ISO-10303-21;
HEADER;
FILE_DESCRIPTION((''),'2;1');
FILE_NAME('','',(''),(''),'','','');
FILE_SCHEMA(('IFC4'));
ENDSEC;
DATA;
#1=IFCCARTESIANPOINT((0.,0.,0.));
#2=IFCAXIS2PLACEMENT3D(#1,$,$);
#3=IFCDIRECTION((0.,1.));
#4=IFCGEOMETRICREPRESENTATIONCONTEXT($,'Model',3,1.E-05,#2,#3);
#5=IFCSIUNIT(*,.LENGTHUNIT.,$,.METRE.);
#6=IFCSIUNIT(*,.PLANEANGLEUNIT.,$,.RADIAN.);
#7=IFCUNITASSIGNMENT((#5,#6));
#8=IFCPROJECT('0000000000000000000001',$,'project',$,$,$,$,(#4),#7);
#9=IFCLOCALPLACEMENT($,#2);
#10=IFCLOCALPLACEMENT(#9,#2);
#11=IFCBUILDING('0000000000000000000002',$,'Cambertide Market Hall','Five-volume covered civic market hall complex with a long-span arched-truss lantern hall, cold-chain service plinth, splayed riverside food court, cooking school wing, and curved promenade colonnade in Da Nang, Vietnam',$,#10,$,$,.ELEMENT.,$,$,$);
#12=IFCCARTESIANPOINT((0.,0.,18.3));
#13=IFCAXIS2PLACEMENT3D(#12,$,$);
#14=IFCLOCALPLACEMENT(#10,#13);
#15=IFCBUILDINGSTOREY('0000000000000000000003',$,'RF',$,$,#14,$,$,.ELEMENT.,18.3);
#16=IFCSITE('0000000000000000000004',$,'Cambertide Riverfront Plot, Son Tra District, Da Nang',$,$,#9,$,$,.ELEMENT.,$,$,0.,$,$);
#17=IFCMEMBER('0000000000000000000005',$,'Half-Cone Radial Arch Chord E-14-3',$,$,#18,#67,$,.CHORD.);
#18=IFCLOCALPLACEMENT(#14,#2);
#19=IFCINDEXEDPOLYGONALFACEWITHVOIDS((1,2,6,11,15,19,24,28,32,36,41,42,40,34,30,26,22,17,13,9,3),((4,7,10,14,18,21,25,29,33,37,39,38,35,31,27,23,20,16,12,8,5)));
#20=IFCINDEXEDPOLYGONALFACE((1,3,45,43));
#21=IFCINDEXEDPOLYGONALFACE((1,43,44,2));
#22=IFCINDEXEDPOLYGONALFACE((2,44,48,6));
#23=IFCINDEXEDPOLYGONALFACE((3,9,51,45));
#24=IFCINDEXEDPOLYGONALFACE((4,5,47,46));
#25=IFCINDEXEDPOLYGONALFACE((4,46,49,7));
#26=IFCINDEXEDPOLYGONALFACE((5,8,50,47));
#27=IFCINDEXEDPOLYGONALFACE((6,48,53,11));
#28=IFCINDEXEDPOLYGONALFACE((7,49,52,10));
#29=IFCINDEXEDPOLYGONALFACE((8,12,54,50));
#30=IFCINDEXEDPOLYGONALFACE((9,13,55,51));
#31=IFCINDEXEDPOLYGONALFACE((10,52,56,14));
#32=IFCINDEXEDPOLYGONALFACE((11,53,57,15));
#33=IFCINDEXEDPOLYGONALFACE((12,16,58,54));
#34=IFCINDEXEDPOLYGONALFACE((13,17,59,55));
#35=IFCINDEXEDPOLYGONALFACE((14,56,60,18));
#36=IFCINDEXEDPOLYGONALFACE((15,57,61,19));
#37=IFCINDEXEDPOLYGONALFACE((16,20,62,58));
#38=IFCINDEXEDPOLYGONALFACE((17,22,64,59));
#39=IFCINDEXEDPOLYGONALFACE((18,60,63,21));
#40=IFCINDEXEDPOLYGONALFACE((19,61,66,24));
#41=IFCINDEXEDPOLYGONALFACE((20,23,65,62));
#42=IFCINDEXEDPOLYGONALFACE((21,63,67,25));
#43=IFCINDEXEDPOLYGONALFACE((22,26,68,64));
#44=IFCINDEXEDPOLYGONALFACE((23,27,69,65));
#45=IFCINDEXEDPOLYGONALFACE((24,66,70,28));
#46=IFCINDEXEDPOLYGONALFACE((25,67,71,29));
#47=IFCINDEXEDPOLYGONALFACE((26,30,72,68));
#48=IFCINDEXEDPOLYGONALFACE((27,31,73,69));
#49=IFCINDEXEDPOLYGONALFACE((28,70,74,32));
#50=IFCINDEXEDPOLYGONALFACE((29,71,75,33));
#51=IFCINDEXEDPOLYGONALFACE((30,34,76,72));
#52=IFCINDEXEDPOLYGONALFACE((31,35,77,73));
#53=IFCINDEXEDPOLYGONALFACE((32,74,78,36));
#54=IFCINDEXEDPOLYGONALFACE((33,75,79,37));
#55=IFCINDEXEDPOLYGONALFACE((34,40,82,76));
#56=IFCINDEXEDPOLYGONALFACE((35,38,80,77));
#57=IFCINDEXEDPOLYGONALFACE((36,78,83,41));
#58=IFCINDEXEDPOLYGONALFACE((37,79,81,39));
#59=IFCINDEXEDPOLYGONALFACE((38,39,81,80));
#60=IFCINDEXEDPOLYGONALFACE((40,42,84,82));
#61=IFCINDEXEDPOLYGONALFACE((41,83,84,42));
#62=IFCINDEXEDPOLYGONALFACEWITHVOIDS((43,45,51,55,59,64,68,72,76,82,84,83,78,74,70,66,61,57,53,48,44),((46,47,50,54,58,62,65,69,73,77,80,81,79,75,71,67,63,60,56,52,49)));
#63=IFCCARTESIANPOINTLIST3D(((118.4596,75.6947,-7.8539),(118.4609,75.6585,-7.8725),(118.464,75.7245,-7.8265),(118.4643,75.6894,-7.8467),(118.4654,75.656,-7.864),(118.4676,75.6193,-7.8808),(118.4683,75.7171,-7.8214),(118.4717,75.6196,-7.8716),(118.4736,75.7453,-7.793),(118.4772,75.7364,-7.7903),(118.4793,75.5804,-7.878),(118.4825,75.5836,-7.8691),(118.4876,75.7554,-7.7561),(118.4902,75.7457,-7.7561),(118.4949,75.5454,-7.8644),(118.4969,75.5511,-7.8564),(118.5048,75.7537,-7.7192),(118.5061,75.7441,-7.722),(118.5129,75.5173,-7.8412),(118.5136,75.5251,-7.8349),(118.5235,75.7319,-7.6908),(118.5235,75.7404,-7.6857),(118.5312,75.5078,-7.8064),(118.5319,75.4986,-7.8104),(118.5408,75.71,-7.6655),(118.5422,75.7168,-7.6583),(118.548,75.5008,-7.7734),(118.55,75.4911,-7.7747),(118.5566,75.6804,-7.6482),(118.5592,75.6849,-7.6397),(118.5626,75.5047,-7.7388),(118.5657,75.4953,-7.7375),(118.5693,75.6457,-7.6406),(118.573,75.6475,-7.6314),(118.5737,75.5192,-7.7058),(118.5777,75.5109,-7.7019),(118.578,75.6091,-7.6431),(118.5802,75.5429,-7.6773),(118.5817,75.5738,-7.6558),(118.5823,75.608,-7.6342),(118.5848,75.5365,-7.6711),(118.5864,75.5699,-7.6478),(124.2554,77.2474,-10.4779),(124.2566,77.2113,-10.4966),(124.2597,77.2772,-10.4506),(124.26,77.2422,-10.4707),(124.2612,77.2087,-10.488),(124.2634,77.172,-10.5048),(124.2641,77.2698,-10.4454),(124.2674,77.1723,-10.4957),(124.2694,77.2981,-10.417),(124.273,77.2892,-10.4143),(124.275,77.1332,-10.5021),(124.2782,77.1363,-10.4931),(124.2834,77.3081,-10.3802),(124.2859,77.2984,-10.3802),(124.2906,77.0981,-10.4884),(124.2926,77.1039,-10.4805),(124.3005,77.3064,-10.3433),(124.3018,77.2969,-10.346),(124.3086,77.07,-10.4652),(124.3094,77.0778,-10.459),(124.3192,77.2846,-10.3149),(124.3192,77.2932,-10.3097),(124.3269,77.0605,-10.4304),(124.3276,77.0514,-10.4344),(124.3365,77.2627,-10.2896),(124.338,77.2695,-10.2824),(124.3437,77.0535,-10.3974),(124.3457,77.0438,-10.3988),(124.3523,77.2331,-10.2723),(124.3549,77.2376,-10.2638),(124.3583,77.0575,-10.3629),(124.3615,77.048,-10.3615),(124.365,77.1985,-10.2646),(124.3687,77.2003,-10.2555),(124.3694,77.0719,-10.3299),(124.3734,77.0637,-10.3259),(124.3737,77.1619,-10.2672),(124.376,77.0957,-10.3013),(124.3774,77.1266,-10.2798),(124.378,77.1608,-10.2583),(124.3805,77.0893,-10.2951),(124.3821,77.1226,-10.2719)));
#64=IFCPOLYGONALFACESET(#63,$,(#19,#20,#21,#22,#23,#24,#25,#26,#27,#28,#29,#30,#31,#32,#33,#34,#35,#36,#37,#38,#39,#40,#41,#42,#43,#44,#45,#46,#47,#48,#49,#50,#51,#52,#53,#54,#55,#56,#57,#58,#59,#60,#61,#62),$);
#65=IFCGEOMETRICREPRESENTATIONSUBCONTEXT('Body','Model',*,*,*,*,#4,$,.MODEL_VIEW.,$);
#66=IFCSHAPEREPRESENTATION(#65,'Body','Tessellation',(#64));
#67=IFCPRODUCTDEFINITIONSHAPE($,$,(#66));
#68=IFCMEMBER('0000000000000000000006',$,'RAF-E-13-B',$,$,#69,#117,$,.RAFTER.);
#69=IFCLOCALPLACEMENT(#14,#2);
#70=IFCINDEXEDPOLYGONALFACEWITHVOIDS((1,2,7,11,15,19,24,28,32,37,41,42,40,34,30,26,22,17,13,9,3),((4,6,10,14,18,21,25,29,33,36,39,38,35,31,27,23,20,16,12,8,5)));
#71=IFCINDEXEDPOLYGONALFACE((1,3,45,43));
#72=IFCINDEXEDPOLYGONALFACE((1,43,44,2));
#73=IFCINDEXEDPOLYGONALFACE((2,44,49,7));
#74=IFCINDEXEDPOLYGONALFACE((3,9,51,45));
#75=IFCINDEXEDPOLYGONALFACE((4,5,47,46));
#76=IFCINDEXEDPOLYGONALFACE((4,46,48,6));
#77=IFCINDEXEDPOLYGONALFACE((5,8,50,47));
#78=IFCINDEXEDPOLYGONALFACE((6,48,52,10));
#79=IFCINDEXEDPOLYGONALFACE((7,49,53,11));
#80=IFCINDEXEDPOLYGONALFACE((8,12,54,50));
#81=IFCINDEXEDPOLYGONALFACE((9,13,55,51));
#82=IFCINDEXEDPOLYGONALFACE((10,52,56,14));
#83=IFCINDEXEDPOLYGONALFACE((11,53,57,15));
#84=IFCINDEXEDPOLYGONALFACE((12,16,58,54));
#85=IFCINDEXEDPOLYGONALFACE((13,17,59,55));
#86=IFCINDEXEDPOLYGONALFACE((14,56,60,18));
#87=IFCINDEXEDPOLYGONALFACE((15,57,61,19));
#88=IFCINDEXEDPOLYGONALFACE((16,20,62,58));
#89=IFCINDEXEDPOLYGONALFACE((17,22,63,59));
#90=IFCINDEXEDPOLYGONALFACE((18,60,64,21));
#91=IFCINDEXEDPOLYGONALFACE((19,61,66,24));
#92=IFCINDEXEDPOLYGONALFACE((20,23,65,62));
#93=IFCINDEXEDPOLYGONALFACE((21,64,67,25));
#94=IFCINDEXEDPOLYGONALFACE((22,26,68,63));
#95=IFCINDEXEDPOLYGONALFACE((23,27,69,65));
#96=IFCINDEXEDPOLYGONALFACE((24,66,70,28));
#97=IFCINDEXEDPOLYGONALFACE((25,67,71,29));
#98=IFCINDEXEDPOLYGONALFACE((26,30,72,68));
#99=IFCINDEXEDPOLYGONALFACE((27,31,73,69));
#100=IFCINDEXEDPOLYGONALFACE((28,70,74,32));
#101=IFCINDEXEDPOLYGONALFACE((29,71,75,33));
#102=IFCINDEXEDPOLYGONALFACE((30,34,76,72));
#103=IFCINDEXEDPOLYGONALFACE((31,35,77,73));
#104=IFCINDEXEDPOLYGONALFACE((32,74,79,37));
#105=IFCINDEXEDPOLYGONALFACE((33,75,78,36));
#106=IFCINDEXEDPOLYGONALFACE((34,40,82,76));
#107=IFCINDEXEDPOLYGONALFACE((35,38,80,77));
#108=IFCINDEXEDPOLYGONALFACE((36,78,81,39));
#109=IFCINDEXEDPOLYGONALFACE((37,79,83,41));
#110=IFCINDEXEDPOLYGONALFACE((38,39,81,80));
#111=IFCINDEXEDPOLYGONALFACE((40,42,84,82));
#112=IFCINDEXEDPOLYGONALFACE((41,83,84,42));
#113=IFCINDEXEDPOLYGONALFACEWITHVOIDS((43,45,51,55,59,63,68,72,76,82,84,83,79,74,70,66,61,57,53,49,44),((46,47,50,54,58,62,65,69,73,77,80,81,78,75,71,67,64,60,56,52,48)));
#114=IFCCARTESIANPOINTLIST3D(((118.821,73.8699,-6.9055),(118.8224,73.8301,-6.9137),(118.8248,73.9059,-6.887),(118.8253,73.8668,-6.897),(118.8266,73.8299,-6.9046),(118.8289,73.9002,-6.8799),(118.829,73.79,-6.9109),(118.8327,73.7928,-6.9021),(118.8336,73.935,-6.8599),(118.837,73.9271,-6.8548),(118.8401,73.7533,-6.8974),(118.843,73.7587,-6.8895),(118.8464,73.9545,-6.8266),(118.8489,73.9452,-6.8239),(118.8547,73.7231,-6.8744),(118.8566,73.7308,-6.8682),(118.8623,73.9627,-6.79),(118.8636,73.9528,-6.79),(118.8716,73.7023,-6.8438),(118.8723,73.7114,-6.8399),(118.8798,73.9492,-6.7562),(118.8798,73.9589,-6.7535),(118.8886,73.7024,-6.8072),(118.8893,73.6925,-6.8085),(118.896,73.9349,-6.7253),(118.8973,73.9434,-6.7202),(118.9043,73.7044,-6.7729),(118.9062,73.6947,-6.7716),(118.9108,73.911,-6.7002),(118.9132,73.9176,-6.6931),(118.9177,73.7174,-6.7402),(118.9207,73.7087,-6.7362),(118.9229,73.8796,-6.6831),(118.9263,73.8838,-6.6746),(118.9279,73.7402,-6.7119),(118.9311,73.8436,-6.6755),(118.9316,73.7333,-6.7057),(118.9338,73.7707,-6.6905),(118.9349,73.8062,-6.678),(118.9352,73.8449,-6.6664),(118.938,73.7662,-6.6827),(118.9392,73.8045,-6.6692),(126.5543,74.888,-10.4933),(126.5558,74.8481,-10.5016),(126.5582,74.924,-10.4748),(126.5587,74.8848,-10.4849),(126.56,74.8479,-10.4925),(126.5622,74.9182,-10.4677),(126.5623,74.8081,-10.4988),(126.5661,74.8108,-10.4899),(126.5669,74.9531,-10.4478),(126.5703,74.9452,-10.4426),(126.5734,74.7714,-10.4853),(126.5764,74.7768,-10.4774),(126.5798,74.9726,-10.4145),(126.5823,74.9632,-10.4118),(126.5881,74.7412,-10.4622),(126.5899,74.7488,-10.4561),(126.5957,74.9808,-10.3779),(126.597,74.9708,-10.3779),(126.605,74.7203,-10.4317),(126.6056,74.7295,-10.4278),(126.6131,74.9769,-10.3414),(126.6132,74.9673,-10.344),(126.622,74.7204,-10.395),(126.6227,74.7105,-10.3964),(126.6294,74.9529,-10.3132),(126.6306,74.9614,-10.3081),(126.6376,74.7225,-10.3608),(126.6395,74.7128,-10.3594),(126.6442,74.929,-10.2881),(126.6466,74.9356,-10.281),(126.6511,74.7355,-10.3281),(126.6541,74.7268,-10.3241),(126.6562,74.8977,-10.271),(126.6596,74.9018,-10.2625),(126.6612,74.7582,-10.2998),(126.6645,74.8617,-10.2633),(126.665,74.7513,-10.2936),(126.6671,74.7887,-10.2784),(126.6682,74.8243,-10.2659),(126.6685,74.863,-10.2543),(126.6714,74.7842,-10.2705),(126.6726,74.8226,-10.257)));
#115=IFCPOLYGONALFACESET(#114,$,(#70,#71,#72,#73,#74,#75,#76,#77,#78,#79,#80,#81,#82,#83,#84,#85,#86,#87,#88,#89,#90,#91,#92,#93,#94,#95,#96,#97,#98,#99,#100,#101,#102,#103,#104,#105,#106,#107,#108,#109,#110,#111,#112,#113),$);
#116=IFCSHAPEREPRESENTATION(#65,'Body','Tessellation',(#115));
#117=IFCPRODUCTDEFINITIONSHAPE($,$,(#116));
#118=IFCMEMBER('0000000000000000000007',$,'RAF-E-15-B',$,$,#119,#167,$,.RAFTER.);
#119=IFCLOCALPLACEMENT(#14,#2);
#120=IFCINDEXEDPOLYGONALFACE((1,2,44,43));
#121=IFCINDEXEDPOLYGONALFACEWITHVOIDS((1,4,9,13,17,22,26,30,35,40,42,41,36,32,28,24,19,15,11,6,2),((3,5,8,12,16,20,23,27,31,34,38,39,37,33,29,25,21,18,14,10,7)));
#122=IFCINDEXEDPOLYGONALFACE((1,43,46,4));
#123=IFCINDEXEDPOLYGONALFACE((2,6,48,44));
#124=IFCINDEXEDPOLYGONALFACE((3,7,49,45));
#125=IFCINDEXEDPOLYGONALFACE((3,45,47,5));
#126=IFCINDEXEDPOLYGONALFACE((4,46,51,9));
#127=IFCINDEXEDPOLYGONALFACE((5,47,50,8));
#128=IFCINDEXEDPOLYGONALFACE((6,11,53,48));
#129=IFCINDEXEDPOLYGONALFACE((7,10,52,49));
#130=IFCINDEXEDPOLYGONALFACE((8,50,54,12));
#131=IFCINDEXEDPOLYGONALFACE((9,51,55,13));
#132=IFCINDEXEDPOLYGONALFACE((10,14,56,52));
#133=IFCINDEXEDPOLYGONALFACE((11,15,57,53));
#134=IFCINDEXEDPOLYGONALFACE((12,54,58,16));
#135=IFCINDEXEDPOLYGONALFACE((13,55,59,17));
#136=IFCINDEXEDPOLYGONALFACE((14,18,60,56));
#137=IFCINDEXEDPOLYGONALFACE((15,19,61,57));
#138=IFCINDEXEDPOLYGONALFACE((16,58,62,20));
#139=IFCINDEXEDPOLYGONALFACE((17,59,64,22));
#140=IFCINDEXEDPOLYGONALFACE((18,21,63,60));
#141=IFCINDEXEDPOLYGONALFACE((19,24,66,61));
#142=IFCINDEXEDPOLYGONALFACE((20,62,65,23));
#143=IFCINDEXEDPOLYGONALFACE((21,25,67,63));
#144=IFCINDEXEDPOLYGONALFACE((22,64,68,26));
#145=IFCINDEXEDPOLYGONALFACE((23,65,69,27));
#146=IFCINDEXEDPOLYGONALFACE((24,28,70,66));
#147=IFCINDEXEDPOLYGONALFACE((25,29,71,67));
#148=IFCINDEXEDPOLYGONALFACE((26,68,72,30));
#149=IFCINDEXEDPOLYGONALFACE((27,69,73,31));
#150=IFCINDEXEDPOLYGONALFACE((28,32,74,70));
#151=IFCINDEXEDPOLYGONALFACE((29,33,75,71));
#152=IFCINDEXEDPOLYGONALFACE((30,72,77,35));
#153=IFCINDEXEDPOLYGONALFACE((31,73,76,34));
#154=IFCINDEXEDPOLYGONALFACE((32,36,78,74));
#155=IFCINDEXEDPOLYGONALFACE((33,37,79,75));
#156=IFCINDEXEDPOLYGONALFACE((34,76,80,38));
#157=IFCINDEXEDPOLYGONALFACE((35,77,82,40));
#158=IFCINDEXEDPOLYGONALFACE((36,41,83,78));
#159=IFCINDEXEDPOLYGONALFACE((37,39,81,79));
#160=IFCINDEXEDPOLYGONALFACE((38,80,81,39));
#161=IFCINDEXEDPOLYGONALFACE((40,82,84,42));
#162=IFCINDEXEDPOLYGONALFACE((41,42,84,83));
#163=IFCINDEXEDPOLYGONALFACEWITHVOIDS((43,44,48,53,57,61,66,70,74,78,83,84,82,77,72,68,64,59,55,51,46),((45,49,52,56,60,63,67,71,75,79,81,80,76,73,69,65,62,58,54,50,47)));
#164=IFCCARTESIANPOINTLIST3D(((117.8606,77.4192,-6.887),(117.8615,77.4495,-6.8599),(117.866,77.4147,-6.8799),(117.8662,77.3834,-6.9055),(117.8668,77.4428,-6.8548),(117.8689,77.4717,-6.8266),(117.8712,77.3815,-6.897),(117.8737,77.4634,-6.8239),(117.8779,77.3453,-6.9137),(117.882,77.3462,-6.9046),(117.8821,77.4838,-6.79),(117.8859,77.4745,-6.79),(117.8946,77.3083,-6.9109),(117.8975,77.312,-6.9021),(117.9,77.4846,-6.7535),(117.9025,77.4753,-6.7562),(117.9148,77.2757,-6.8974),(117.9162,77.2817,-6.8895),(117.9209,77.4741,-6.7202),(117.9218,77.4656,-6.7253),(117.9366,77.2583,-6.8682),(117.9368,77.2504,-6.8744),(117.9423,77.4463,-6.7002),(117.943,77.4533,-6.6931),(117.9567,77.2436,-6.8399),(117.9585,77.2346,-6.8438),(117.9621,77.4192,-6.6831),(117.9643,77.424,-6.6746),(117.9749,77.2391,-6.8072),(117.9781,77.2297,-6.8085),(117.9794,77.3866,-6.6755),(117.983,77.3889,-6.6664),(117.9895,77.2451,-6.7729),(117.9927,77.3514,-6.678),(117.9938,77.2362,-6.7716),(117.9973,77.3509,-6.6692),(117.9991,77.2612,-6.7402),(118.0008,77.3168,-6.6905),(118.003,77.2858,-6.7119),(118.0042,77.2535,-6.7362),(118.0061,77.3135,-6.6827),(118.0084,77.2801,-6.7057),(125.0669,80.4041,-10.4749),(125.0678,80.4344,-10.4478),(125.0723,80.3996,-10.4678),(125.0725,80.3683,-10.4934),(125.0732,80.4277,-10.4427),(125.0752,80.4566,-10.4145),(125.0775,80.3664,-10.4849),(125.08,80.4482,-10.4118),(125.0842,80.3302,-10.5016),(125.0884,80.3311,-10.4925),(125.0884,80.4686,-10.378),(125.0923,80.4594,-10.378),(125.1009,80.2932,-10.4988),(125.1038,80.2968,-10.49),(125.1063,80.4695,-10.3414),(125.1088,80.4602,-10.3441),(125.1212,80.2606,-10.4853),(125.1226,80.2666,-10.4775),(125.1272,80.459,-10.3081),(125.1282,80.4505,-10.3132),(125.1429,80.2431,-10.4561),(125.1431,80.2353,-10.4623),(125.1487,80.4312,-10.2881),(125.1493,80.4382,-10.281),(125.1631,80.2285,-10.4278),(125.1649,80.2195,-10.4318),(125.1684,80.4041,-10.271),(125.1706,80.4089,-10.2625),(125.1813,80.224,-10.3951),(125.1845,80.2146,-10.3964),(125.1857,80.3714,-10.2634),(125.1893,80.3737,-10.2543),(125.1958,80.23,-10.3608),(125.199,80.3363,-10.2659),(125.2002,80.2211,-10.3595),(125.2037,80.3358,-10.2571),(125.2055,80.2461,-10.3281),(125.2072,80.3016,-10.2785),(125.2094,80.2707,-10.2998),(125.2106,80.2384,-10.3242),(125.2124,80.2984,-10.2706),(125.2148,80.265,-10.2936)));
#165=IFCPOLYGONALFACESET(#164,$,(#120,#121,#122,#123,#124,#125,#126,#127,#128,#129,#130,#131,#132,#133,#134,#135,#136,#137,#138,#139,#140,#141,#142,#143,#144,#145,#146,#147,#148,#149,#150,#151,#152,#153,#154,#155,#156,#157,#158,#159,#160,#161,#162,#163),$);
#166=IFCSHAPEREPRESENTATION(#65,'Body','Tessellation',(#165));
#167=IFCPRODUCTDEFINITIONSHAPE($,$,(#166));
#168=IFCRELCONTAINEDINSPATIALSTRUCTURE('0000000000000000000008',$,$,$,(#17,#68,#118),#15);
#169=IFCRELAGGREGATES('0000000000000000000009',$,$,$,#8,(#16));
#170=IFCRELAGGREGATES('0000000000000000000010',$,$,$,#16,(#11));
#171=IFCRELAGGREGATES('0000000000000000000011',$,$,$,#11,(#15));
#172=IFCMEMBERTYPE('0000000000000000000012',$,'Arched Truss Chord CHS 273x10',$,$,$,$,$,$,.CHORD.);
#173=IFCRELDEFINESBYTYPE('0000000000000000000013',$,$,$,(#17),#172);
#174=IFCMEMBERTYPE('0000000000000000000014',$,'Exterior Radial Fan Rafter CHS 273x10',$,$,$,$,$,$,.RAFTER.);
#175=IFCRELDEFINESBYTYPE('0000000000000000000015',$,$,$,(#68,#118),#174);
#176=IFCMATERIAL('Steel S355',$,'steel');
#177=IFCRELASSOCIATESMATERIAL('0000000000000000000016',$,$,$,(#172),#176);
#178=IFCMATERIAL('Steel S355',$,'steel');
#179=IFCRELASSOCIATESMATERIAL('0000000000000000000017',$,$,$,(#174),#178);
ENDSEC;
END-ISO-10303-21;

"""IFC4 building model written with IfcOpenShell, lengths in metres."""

from ifc_helpers import new_model, si_unit, direction, frame, origin, origin_2d, place, context, subcontext, project, spatial, hollow_circle, extrude, material, material_profile, profile_set, type_object, element, save


model = new_model("IFC4")

# Units and contexts
model_context = context("Model", 3, precision=1e-05, world=origin(), true_north=direction((0.0, 1.0)))
body_context = subcontext(model_context, "Body", "Model", "MODEL_VIEW")
ifc_project = project(units=[si_unit("LENGTHUNIT", "METRE"), si_unit("PLANEANGLEUNIT", "RADIAN")], contexts=[model_context])

# Site, building, storey
site_placement = place(None, origin())
site = spatial("IfcSite", under=ifc_project, at=site_placement, Name="Cambertide Riverfront Plot, Son Tra District, Da Nang", CompositionType="ELEMENT", RefElevation=0.0)
building_placement = place(site_placement, origin())
building = spatial("IfcBuilding", under=site, at=building_placement, Name="Cambertide Market Hall", Description="Five-volume covered civic market hall complex with a long-span arched-truss lantern hall, cold-chain service plinth, splayed riverside food court, cooking school wing, and curved promenade colonnade in Da Nang, Vietnam", CompositionType="ELEMENT")
storey_placement = place(building_placement, frame((0.0, 0.0, 18.3)))
storey = spatial("IfcBuildingStorey", under=building, at=storey_placement, Name="RF", CompositionType="ELEMENT", Elevation=18.3)

# Members
ifc_material_1 = material(Name="Steel S355", Category="steel")
ifc_material_profile_1 = material_profile(ifc_material_1, hollow_circle(Radius=0.1365, WallThickness=0.01, at=origin_2d()), Name="CHS 273x10")
ifc_profile_set_1 = profile_set([ifc_material_profile_1], Name="Steel S355")
member_type_1 = type_object("IfcMemberType", Name="Arched Truss Chord CHS 273x10", PredefinedType="CHORD", material=ifc_profile_set_1)
member_1_placement = place(storey_placement, frame((118.5229, 75.6235, -7.7561), z_axis=(0.885002, 0.237104, -0.400691), x_axis=(-0.258787, 0.965934, 0.0)))
element("IfcMember", 1, at=member_1_placement, inside=storey, type_object=member_type_1, Name="Half-Cone Radial Arch Chord E-14-3", PredefinedType="CHORD", context=body_context, shape_type="SweptSolid", body=[
    extrude(hollow_circle(Radius=0.1365, WallThickness=0.01, at=origin_2d()), origin(), (0.0, 0.0, 1.0), 6.5488),
])
ifc_material_2 = material(Name="Steel S355", Category="steel")
ifc_material_profile_2 = material_profile(ifc_material_2, hollow_circle(Radius=0.1365, WallThickness=0.01, at=origin_2d()), Name="CHS 273x10")
ifc_profile_set_2 = profile_set([ifc_material_profile_2], Name="Steel S355")
member_type_2 = type_object("IfcMemberType", Name="Exterior Radial Fan Rafter CHS 273x10", PredefinedType="RAFTER", material=ifc_profile_set_2)
for number, where, z_axis, x_axis, name in (
    (2, (118.8801, 73.8274, -6.79), (0.900726, 0.118576, -0.41789), (-0.130519, 0.991446, 0.0), "RAF-E-13-B"),
    (3, (117.9343, 77.3577, -6.79), (0.839344, 0.347658, -0.417895), (-0.382674, 0.923883, 0.0), "RAF-E-15-B"),
):
    element("IfcMember", number, at=place(storey_placement, frame(where, z_axis=z_axis, x_axis=x_axis)), inside=storey, type_object=member_type_2, Name=name, PredefinedType="RAFTER", context=body_context, shape_type="SweptSolid", body=[
        extrude(hollow_circle(Radius=0.1365, WallThickness=0.01, at=origin_2d()), origin(), (0.0, 0.0, 1.0), 8.5857),
    ])

save(model, "model.ifc")
